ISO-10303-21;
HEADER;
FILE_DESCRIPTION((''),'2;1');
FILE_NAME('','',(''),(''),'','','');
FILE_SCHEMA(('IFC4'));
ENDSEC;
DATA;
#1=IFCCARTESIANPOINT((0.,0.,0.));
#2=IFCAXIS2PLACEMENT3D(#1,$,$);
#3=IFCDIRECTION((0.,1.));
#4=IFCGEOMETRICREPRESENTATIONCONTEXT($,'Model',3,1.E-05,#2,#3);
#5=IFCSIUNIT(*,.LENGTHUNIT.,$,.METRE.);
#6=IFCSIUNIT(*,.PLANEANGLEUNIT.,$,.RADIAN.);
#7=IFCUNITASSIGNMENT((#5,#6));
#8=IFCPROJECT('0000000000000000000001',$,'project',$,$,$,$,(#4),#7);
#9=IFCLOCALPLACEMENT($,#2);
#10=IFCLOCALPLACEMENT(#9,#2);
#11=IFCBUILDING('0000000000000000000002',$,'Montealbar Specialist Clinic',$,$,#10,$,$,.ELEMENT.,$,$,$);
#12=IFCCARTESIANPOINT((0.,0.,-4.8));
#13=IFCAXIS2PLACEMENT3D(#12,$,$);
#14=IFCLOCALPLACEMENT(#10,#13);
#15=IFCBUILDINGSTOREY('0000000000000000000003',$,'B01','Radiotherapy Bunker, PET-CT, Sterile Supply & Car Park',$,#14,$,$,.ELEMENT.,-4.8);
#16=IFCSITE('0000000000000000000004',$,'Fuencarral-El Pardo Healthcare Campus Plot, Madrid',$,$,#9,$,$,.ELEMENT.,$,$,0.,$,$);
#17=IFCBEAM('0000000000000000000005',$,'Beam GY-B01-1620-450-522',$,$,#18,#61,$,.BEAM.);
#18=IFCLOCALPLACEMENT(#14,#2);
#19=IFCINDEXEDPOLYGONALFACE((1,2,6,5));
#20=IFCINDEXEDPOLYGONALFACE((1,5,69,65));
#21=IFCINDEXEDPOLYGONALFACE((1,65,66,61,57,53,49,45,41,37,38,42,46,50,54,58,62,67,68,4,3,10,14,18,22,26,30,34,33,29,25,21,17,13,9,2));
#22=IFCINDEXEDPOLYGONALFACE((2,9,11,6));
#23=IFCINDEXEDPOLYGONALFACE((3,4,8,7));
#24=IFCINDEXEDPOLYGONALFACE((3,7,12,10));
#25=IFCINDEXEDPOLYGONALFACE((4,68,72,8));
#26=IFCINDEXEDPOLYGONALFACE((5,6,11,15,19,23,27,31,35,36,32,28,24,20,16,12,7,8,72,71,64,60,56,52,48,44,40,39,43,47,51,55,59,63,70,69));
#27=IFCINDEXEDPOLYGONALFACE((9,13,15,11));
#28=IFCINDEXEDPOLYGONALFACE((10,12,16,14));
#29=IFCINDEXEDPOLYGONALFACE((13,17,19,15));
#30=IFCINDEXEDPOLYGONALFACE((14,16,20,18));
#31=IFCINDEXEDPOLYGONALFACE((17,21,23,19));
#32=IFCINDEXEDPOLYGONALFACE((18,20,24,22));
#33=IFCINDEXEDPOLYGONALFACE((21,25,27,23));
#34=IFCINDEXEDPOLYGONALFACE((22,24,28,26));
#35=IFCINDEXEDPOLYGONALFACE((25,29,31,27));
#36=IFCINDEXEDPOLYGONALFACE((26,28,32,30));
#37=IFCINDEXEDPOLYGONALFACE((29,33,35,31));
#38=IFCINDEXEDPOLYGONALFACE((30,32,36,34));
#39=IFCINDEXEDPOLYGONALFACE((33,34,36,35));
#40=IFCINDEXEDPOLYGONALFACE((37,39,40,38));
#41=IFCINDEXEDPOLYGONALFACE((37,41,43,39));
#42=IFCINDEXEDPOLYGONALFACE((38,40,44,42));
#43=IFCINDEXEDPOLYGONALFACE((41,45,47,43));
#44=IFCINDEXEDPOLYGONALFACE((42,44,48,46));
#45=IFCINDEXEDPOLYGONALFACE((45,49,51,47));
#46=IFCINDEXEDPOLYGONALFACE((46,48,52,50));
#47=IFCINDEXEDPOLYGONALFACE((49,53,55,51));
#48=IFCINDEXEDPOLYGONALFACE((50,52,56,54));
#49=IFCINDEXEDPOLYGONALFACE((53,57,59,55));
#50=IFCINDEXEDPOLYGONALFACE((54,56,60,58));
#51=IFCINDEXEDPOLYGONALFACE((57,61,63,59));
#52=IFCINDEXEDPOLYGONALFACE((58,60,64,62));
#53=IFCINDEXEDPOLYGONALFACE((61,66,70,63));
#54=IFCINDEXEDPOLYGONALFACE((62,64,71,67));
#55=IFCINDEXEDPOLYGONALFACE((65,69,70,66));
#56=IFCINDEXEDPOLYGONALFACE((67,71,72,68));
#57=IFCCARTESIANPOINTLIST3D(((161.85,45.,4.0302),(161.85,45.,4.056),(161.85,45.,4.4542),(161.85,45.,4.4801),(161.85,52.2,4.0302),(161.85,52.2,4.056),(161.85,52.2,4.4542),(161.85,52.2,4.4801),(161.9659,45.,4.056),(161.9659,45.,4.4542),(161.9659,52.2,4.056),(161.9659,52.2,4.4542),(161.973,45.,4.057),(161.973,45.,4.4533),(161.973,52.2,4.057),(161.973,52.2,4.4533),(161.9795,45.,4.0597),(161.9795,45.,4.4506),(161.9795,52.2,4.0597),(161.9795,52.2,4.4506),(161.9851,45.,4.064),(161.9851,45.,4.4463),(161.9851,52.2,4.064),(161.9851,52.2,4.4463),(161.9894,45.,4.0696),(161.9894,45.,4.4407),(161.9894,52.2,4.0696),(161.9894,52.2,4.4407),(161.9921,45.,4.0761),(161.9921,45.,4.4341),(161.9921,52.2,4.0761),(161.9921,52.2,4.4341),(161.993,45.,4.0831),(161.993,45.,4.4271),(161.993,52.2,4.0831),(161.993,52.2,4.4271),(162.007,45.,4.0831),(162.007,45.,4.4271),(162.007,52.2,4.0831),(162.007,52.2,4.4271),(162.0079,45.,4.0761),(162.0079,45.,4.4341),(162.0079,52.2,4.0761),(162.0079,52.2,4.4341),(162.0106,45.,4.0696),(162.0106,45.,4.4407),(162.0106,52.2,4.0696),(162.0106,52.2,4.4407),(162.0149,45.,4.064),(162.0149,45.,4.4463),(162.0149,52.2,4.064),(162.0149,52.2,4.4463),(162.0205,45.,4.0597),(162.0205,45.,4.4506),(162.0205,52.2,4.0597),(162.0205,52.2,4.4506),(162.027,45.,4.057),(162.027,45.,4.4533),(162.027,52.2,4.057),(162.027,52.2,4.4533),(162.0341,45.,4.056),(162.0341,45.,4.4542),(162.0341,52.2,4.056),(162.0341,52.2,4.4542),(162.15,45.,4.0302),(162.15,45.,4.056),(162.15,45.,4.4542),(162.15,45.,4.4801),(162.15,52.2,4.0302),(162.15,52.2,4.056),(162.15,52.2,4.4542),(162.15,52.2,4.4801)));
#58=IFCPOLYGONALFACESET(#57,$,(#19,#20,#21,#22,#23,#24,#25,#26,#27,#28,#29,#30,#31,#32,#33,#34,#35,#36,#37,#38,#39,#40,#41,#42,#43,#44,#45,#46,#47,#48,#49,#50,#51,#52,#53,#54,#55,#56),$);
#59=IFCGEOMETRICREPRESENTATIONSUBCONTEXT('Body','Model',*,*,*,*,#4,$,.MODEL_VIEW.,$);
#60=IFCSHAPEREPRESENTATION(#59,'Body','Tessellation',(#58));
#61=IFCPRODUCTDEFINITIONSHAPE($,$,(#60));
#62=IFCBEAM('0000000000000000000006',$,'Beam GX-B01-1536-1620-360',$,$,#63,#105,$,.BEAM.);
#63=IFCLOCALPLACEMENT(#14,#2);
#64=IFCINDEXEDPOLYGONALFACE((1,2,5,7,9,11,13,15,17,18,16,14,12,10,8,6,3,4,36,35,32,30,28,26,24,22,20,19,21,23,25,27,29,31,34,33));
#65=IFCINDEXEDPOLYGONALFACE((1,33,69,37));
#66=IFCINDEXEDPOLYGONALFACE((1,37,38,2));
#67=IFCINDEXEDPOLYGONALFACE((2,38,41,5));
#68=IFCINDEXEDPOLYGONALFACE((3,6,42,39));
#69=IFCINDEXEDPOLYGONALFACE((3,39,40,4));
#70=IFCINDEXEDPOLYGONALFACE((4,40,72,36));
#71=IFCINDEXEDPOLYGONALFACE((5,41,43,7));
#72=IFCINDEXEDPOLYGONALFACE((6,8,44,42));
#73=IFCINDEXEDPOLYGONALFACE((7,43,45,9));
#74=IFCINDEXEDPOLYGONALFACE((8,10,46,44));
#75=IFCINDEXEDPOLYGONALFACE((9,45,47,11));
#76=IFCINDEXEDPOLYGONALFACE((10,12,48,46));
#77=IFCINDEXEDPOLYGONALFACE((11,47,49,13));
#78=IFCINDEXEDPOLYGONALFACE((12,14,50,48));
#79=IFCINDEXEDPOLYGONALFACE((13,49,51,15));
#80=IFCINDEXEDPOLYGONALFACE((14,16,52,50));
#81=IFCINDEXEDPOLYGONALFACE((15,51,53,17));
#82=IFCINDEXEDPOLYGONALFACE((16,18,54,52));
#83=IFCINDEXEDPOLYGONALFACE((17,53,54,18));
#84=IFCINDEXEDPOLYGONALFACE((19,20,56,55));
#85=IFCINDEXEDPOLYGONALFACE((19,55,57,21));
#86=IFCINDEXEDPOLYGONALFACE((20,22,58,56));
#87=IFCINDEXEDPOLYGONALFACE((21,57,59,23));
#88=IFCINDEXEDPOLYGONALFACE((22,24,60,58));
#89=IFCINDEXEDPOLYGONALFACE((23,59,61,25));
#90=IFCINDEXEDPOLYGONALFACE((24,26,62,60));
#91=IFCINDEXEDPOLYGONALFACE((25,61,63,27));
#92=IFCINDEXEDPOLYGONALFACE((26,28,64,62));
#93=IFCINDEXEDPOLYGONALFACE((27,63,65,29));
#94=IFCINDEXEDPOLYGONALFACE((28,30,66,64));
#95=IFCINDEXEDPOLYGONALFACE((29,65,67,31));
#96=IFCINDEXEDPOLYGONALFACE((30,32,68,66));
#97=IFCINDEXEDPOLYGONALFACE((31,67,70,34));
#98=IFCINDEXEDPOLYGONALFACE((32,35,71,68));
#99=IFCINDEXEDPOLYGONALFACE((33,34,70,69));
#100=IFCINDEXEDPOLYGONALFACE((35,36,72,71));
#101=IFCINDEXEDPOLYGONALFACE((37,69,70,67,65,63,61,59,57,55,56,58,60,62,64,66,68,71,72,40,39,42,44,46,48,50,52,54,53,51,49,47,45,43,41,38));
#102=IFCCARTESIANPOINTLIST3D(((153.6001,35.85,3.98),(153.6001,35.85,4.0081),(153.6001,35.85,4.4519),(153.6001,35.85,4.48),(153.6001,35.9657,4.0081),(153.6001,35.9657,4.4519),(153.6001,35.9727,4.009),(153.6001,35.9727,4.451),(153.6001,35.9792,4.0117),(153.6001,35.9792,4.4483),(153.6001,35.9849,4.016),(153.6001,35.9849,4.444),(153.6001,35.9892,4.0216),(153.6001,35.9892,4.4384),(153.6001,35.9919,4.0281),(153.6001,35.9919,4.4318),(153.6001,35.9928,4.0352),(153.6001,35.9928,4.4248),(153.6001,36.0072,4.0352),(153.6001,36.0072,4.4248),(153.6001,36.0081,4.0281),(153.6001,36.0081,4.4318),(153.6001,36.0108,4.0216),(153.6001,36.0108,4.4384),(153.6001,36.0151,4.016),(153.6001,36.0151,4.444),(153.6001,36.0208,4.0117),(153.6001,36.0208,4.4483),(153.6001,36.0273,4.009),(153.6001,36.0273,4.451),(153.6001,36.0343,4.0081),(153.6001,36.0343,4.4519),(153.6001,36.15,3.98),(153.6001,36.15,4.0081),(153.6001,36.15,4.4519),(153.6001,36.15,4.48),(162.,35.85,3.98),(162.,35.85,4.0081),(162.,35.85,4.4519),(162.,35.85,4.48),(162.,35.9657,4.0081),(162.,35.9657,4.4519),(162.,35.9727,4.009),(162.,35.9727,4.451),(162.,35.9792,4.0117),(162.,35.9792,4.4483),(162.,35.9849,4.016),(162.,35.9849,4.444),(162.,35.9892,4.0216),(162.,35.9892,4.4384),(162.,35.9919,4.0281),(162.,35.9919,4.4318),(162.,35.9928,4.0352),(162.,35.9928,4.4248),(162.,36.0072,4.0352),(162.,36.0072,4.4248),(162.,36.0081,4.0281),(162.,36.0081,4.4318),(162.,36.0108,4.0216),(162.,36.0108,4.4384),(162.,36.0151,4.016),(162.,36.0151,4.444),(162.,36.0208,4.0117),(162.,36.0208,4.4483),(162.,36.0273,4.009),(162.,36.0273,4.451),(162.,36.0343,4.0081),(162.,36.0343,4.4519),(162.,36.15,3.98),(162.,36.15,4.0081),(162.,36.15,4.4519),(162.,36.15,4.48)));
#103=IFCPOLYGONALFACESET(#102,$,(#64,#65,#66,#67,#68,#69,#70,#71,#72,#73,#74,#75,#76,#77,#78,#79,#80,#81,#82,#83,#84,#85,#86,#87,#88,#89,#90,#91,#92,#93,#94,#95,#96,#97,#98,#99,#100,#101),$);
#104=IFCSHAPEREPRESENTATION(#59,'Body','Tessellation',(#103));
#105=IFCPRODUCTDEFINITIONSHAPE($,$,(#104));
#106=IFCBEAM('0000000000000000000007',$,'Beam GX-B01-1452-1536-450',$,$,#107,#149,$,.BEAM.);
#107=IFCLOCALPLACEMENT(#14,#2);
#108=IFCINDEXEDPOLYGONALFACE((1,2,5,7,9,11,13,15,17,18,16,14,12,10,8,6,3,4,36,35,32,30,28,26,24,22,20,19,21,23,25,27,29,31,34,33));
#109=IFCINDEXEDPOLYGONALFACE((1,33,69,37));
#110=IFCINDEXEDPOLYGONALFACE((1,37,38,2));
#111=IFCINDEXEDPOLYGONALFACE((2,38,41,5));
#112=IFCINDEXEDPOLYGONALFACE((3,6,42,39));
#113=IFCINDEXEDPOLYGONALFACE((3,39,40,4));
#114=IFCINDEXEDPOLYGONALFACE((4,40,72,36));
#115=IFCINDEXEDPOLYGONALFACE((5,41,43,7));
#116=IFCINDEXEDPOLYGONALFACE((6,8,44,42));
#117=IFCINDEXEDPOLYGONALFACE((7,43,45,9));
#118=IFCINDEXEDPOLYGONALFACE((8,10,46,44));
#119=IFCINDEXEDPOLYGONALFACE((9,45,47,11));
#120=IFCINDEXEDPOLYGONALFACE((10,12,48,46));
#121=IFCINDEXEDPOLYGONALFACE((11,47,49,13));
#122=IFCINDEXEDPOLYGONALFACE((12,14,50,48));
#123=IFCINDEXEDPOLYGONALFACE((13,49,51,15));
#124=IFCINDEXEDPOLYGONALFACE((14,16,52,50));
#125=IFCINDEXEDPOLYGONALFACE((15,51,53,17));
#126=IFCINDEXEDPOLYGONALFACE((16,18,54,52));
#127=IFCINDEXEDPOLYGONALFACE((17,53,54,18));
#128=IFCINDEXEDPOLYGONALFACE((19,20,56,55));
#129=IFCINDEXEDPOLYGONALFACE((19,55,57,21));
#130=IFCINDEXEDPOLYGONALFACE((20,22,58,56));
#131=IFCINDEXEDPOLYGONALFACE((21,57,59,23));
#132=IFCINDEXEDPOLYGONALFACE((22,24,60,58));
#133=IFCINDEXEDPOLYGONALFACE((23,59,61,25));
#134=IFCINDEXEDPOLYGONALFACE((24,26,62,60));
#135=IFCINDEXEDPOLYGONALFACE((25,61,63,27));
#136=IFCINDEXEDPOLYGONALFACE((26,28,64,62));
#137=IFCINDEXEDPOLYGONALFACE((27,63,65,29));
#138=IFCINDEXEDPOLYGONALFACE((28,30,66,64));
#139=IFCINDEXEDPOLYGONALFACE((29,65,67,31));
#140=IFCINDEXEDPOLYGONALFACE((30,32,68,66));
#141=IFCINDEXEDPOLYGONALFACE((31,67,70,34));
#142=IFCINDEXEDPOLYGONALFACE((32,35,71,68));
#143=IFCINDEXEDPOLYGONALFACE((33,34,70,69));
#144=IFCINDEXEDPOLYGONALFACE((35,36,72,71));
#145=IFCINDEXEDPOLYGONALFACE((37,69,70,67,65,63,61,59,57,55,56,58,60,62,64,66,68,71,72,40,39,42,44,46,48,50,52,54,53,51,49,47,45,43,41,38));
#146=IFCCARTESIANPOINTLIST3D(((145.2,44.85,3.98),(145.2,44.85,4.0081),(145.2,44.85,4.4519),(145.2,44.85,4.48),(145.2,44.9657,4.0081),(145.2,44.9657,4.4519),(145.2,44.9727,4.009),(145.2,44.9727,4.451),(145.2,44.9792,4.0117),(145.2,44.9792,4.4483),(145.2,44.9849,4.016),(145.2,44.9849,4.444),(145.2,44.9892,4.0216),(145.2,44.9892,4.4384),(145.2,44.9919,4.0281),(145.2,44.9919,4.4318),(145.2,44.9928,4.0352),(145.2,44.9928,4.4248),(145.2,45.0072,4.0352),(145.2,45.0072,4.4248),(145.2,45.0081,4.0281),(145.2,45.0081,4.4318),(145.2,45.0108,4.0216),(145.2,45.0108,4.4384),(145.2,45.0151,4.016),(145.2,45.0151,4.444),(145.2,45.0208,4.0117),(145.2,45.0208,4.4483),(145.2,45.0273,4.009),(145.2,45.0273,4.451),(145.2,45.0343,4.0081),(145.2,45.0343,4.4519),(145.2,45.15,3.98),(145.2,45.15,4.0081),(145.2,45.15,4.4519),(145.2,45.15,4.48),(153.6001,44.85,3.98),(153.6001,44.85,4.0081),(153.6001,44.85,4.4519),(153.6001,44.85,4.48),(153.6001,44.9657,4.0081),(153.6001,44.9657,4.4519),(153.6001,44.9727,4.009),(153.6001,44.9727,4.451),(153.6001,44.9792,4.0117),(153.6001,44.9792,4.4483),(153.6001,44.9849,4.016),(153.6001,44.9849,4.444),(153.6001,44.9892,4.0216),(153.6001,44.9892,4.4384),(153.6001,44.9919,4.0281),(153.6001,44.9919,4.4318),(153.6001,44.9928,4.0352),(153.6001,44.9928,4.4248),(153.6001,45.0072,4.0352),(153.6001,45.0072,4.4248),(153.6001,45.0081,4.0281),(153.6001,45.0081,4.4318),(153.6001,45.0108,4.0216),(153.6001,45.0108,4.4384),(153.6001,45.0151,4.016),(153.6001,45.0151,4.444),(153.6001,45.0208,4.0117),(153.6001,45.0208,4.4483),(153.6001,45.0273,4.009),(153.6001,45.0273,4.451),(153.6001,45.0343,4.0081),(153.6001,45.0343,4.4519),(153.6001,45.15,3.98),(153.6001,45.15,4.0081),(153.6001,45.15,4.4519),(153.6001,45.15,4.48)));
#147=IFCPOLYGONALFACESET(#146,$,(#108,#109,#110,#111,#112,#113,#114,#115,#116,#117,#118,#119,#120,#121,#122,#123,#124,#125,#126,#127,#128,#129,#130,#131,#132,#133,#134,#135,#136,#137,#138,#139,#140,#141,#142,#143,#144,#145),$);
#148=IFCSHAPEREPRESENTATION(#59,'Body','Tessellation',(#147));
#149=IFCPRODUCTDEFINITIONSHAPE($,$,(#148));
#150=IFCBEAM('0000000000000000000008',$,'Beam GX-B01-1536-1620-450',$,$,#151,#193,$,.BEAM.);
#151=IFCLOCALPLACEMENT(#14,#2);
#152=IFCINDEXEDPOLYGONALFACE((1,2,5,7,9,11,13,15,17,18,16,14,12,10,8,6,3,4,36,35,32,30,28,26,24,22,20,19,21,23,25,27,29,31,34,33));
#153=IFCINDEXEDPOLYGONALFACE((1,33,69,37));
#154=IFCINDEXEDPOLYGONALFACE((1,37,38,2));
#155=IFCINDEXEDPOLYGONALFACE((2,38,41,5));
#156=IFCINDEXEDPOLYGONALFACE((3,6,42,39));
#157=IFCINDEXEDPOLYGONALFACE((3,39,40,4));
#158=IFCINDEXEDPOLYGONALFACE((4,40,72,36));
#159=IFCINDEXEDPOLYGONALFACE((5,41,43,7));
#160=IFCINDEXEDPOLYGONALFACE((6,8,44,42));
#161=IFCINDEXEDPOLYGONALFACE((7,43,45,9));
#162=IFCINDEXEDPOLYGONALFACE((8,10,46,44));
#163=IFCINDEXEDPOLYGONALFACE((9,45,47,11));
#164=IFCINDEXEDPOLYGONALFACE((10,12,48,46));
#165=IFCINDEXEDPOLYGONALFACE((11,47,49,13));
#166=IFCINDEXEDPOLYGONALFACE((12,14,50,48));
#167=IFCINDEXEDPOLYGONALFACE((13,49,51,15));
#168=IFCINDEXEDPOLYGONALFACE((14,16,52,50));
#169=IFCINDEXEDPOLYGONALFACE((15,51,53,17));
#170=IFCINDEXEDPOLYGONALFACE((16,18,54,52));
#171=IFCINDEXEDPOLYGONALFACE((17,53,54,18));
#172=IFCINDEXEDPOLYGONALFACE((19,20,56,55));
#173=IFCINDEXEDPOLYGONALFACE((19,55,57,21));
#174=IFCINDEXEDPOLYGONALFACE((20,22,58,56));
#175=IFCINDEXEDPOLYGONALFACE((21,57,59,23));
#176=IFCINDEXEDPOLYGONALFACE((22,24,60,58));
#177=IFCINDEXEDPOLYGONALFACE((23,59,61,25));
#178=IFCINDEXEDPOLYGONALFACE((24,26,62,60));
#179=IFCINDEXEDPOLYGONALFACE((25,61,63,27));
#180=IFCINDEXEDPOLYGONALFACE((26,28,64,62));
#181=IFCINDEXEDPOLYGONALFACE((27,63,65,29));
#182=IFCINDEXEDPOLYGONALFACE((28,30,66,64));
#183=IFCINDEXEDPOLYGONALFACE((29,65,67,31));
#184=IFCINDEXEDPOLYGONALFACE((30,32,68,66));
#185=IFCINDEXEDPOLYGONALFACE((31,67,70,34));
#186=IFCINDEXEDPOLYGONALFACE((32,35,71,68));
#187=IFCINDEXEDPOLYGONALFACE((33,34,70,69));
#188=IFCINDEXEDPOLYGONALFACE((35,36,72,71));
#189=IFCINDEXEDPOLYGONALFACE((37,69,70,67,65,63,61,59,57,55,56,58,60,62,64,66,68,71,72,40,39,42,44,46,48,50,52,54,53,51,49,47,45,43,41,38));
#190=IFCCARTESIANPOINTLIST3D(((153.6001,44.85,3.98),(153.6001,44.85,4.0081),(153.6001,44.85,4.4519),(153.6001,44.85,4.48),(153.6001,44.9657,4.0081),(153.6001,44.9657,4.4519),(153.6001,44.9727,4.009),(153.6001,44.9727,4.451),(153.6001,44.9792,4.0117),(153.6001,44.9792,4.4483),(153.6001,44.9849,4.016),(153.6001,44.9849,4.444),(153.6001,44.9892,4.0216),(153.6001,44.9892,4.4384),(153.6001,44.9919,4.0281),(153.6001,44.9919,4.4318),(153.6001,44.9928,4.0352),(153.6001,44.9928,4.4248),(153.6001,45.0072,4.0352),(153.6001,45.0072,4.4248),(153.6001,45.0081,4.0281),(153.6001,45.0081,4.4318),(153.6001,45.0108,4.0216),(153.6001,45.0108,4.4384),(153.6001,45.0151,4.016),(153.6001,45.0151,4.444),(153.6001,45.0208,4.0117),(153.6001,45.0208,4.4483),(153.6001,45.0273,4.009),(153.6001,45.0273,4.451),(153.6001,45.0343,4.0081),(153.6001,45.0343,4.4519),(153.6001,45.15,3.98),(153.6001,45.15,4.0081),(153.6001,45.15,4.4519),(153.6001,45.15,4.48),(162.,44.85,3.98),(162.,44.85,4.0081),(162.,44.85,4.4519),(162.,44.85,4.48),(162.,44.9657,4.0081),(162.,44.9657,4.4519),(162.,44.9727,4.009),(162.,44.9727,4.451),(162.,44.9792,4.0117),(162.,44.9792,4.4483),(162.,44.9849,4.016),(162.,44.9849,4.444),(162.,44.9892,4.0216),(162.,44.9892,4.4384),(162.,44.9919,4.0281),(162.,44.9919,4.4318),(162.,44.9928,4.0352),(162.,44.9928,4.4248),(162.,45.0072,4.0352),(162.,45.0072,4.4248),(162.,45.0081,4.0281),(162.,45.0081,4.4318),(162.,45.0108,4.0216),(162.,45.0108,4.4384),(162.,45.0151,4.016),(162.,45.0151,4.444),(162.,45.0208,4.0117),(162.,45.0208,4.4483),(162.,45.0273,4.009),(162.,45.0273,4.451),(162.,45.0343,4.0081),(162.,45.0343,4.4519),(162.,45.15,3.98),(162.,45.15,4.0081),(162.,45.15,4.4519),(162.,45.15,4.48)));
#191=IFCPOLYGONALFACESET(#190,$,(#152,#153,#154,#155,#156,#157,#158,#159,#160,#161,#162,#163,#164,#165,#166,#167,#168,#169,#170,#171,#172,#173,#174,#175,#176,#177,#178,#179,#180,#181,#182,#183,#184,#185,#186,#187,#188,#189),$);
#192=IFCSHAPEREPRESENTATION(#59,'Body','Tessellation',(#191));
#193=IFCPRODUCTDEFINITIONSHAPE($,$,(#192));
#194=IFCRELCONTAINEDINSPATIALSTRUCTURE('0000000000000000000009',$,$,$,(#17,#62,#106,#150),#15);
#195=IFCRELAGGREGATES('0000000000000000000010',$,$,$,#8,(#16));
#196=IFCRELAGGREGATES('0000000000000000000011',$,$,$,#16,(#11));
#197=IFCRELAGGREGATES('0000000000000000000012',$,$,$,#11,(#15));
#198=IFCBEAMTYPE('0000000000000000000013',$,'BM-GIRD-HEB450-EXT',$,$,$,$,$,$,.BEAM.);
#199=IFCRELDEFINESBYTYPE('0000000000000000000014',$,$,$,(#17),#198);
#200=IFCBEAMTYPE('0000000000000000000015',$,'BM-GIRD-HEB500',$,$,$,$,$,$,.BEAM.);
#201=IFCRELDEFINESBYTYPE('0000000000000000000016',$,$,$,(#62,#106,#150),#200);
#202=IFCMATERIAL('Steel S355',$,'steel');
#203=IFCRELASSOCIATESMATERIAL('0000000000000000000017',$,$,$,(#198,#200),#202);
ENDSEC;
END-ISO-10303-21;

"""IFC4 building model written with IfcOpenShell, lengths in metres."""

from ifc_helpers import new_model, si_unit, direction, frame, origin, origin_2d, place, context, subcontext, project, spatial, i_section, extrude, material, material_profile, profile_set, type_object, element, save


model = new_model("IFC4")

# Units and contexts
model_context = context("Model", 3, precision=1e-05, world=origin(), true_north=direction((0.0, 1.0)))
body_context = subcontext(model_context, "Body", "Model", "MODEL_VIEW")
ifc_project = project(units=[si_unit("LENGTHUNIT", "METRE"), si_unit("PLANEANGLEUNIT", "RADIAN")], contexts=[model_context])

# Site, building, storey
site_placement = place(None, origin())
site = spatial("IfcSite", under=ifc_project, at=site_placement, Name="Fuencarral-El Pardo Healthcare Campus Plot, Madrid", CompositionType="ELEMENT", RefElevation=0.0)
building_placement = place(site_placement, origin())
building = spatial("IfcBuilding", under=site, at=building_placement, Name="Montealbar Specialist Clinic", CompositionType="ELEMENT")
storey_placement = place(building_placement, frame((0.0, 0.0, -4.8)))
storey = spatial("IfcBuildingStorey", under=building, at=storey_placement, Name="B01", Description="Radiotherapy Bunker, PET-CT, Sterile Supply & Car Park", CompositionType="ELEMENT", Elevation=-4.8)

# Shared definitions
ifc_material_1 = material(Name="Steel S355", Category="steel")

# Beams
ifc_material_profile_1 = material_profile(ifc_material_1, i_section(OverallWidth=0.3, OverallDepth=0.45, WebThickness=0.0139, FlangeThickness=0.0259, FilletRadius=0.0271, at=origin_2d()), Name="HEB 450", Category="steel")
ifc_profile_set_1 = profile_set([ifc_material_profile_1], Name="Steel S355")
beam_type_1 = type_object("IfcBeamType", Name="BM-GIRD-HEB450-EXT", PredefinedType="BEAM", material=ifc_profile_set_1)
beam_1_placement = place(storey_placement, frame((162.0, 45.0, 4.2551), z_axis=(0.0, 1.0, 0.0), x_axis=(-1.0, 0.0, 0.0)))
element("IfcBeam", 1, at=beam_1_placement, inside=storey, type_object=beam_type_1, Name="Beam GY-B01-1620-450-522", PredefinedType="BEAM", context=body_context, shape_type="SweptSolid", body=[
    extrude(i_section(OverallWidth=0.3, OverallDepth=0.45, WebThickness=0.0139, FlangeThickness=0.0259, FilletRadius=0.0271, at=origin_2d()), origin(), (0.0, 0.0, 1.0), 7.2),
])
ifc_material_profile_2 = material_profile(ifc_material_1, i_section(OverallWidth=0.3, OverallDepth=0.5, WebThickness=0.0144, FlangeThickness=0.0281, FilletRadius=0.0271, at=origin_2d()), Name="HEB 500", Category="steel")
ifc_profile_set_2 = profile_set([ifc_material_profile_2], Name="Steel S355")
beam_type_2 = type_object("IfcBeamType", Name="BM-GIRD-HEB500", PredefinedType="BEAM", material=ifc_profile_set_2)
beam_2_placement = place(storey_placement, frame((153.6001, 36.0, 4.23), z_axis=(1.0, 0.0, 0.0), x_axis=(0.0, 1.0, 0.0)))
element("IfcBeam", 2, at=beam_2_placement, inside=storey, type_object=beam_type_2, Name="Beam GX-B01-1536-1620-360", PredefinedType="BEAM", context=body_context, shape_type="SweptSolid", body=[
    extrude(i_section(OverallWidth=0.3, OverallDepth=0.5, WebThickness=0.0144, FlangeThickness=0.0281, FilletRadius=0.0271, at=origin_2d()), origin(), (0.0, 0.0, 1.0), 8.3999),
])
beam_3_placement = place(storey_placement, frame((145.2, 45.0, 4.23), z_axis=(1.0, 0.0, 0.0), x_axis=(0.0, 1.0, 0.0)))
element("IfcBeam", 3, at=beam_3_placement, inside=storey, type_object=beam_type_2, Name="Beam GX-B01-1452-1536-450", PredefinedType="BEAM", context=body_context, shape_type="SweptSolid", body=[
    extrude(i_section(OverallWidth=0.3, OverallDepth=0.5, WebThickness=0.0144, FlangeThickness=0.0281, FilletRadius=0.0271, at=origin_2d()), origin(), (0.0, 0.0, 1.0), 8.4001),
])
beam_4_placement = place(storey_placement, frame((153.6001, 45.0, 4.23), z_axis=(1.0, 0.0, 0.0), x_axis=(0.0, 1.0, 0.0)))
element("IfcBeam", 4, at=beam_4_placement, inside=storey, type_object=beam_type_2, Name="Beam GX-B01-1536-1620-450", PredefinedType="BEAM", context=body_context, shape_type="SweptSolid", body=[
    extrude(i_section(OverallWidth=0.3, OverallDepth=0.5, WebThickness=0.0144, FlangeThickness=0.0281, FilletRadius=0.0271, at=origin_2d()), origin(), (0.0, 0.0, 1.0), 8.3999),
])

save(model, "model.ifc")
